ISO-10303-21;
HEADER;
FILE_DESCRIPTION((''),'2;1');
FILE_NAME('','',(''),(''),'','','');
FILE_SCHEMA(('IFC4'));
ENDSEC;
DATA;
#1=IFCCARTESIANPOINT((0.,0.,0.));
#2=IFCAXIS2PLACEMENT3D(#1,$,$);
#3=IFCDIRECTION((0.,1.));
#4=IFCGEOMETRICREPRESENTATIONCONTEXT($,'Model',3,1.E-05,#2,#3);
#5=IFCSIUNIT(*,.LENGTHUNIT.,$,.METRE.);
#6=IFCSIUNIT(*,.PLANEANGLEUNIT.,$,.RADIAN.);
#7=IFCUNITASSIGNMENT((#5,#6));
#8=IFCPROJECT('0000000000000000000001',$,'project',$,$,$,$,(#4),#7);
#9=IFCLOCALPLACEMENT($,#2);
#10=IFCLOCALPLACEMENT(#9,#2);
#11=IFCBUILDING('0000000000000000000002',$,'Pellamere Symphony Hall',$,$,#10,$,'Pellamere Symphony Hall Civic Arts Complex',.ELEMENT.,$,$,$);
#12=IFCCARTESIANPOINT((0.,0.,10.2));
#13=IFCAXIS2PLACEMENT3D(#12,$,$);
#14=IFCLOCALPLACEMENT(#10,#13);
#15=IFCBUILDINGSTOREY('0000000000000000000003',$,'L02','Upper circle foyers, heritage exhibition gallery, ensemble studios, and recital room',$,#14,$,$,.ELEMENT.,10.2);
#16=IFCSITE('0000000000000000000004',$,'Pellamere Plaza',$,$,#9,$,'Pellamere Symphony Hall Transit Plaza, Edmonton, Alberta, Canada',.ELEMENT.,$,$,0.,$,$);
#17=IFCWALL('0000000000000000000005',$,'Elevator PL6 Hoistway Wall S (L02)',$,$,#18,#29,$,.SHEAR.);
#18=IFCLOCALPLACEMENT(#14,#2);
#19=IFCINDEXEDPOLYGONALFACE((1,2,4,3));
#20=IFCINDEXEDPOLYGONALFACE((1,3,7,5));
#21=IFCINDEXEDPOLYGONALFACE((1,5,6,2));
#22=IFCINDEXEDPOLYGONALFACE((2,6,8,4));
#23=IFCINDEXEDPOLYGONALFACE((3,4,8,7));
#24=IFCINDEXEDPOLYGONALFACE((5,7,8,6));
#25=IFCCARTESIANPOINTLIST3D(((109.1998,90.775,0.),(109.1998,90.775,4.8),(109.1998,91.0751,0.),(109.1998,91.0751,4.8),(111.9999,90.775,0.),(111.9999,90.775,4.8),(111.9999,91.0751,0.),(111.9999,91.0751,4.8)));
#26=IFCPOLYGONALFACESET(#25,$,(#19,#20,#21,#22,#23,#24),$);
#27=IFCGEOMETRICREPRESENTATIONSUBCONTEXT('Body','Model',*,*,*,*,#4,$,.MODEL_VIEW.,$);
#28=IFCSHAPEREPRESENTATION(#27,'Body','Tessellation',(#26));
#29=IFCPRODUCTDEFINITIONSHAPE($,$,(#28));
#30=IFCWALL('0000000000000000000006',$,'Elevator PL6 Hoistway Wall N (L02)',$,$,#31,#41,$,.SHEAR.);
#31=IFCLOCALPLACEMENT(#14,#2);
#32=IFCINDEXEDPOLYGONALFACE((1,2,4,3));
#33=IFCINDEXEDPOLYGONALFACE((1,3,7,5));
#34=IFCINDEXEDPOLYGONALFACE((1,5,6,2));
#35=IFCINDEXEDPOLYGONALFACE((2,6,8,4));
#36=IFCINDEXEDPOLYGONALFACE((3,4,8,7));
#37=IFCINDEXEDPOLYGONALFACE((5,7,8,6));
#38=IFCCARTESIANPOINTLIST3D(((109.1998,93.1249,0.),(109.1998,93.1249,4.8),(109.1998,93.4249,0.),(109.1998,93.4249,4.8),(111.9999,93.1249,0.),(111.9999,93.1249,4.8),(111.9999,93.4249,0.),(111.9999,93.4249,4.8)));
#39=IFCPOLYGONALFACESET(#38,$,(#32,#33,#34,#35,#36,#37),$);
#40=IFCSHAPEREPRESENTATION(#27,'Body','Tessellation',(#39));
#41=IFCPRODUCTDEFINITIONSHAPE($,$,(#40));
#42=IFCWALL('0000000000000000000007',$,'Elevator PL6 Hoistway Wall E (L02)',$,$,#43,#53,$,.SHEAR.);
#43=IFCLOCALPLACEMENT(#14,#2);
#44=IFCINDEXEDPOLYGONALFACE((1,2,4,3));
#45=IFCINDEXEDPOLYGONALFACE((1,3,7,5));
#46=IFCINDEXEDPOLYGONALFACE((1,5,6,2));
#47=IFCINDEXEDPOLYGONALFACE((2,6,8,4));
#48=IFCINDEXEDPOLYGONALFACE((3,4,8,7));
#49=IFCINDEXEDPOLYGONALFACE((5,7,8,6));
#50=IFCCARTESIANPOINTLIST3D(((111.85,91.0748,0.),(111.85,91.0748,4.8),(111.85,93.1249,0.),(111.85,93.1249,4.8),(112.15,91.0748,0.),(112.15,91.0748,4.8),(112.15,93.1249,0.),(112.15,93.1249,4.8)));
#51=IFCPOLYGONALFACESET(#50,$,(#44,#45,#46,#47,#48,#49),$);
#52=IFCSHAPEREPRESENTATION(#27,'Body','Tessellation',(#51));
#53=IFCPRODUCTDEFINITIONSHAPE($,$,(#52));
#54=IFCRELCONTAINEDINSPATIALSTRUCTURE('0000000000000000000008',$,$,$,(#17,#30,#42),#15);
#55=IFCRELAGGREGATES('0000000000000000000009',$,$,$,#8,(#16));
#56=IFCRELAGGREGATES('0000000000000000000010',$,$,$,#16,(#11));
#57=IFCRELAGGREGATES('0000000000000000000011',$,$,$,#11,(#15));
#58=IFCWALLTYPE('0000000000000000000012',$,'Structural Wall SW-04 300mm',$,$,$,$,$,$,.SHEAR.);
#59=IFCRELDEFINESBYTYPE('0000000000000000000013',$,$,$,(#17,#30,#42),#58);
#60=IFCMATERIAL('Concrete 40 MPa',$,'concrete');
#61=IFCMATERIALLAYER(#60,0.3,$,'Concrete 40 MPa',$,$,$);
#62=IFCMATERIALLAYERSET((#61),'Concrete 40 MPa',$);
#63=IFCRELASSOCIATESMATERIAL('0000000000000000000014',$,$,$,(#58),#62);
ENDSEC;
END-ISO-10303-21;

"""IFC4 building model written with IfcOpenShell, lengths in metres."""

from ifc_helpers import new_model, si_unit, direction, frame, frame_2d, origin, place, context, subcontext, project, spatial, rectangle, extrude, material, layer, layer_set, type_object, element, save


model = new_model("IFC4")

# Units and contexts
model_context = context("Model", 3, precision=1e-05, world=origin(), true_north=direction((0.0, 1.0)))
body_context = subcontext(model_context, "Body", "Model", "MODEL_VIEW")
ifc_project = project(units=[si_unit("LENGTHUNIT", "METRE"), si_unit("PLANEANGLEUNIT", "RADIAN")], contexts=[model_context])

# Site, building, storey
site_placement = place(None, origin())
site = spatial("IfcSite", under=ifc_project, at=site_placement, Name="Pellamere Plaza", LongName="Pellamere Symphony Hall Transit Plaza, Edmonton, Alberta, Canada", CompositionType="ELEMENT", RefElevation=0.0)
building_placement = place(site_placement, origin())
building = spatial("IfcBuilding", under=site, at=building_placement, Name="Pellamere Symphony Hall", LongName="Pellamere Symphony Hall Civic Arts Complex", CompositionType="ELEMENT")
storey_placement = place(building_placement, frame((0.0, 0.0, 10.2)))
storey = spatial("IfcBuildingStorey", under=building, at=storey_placement, Name="L02", Description="Upper circle foyers, heritage exhibition gallery, ensemble studios, and recital room", CompositionType="ELEMENT", Elevation=10.2)

# Shared definitions
ifc_material_1 = material(Name="Concrete 40 MPa", Category="concrete")

# Walls
ifc_layer_1 = layer(ifc_material_1, 0.3, Name="Concrete 40 MPa")
ifc_layer_set_1 = layer_set([ifc_layer_1], Name="Concrete 40 MPa")
wall_type_1 = type_object("IfcWallType", Name="Structural Wall SW-04 300mm", PredefinedType="SHEAR", material=ifc_layer_set_1)
for number, where, z_axis, x_axis, name in (
    (1, (109.2, 90.925, 0.0), (0.0, 0.0, 1.0), (1.0, 0.0, 0.0), "Elevator PL6 Hoistway Wall S (L02)"),
    (2, (109.2, 93.2749, 0.0), (0.0, 0.0, 1.0), (1.0, 0.0, 0.0), "Elevator PL6 Hoistway Wall N (L02)"),
):
    element("IfcWall", number, at=place(storey_placement, frame(where, z_axis=z_axis, x_axis=x_axis)), inside=storey, type_object=wall_type_1, Name=name, PredefinedType="SHEAR", context=body_context, shape_type="SweptSolid", body=[
        extrude(rectangle(XDim=2.8, YDim=0.3, at=frame_2d((1.3999, 0.0))), origin(), (0.0, 0.0, 1.0), 4.8),
    ])
wall_1_placement = place(storey_placement, frame((112.0, 91.075, 0.0), z_axis=(0.0, 0.0, 1.0), x_axis=(0.0, 1.0, 0.0)))
element("IfcWall", 3, at=wall_1_placement, inside=storey, type_object=wall_type_1, Name="Elevator PL6 Hoistway Wall E (L02)", PredefinedType="SHEAR", context=body_context, shape_type="SweptSolid", body=[
    extrude(rectangle(XDim=2.05, YDim=0.3, at=frame_2d((1.0249, 0.0))), origin(), (0.0, 0.0, 1.0), 4.8),
])

save(model, "model.ifc")
